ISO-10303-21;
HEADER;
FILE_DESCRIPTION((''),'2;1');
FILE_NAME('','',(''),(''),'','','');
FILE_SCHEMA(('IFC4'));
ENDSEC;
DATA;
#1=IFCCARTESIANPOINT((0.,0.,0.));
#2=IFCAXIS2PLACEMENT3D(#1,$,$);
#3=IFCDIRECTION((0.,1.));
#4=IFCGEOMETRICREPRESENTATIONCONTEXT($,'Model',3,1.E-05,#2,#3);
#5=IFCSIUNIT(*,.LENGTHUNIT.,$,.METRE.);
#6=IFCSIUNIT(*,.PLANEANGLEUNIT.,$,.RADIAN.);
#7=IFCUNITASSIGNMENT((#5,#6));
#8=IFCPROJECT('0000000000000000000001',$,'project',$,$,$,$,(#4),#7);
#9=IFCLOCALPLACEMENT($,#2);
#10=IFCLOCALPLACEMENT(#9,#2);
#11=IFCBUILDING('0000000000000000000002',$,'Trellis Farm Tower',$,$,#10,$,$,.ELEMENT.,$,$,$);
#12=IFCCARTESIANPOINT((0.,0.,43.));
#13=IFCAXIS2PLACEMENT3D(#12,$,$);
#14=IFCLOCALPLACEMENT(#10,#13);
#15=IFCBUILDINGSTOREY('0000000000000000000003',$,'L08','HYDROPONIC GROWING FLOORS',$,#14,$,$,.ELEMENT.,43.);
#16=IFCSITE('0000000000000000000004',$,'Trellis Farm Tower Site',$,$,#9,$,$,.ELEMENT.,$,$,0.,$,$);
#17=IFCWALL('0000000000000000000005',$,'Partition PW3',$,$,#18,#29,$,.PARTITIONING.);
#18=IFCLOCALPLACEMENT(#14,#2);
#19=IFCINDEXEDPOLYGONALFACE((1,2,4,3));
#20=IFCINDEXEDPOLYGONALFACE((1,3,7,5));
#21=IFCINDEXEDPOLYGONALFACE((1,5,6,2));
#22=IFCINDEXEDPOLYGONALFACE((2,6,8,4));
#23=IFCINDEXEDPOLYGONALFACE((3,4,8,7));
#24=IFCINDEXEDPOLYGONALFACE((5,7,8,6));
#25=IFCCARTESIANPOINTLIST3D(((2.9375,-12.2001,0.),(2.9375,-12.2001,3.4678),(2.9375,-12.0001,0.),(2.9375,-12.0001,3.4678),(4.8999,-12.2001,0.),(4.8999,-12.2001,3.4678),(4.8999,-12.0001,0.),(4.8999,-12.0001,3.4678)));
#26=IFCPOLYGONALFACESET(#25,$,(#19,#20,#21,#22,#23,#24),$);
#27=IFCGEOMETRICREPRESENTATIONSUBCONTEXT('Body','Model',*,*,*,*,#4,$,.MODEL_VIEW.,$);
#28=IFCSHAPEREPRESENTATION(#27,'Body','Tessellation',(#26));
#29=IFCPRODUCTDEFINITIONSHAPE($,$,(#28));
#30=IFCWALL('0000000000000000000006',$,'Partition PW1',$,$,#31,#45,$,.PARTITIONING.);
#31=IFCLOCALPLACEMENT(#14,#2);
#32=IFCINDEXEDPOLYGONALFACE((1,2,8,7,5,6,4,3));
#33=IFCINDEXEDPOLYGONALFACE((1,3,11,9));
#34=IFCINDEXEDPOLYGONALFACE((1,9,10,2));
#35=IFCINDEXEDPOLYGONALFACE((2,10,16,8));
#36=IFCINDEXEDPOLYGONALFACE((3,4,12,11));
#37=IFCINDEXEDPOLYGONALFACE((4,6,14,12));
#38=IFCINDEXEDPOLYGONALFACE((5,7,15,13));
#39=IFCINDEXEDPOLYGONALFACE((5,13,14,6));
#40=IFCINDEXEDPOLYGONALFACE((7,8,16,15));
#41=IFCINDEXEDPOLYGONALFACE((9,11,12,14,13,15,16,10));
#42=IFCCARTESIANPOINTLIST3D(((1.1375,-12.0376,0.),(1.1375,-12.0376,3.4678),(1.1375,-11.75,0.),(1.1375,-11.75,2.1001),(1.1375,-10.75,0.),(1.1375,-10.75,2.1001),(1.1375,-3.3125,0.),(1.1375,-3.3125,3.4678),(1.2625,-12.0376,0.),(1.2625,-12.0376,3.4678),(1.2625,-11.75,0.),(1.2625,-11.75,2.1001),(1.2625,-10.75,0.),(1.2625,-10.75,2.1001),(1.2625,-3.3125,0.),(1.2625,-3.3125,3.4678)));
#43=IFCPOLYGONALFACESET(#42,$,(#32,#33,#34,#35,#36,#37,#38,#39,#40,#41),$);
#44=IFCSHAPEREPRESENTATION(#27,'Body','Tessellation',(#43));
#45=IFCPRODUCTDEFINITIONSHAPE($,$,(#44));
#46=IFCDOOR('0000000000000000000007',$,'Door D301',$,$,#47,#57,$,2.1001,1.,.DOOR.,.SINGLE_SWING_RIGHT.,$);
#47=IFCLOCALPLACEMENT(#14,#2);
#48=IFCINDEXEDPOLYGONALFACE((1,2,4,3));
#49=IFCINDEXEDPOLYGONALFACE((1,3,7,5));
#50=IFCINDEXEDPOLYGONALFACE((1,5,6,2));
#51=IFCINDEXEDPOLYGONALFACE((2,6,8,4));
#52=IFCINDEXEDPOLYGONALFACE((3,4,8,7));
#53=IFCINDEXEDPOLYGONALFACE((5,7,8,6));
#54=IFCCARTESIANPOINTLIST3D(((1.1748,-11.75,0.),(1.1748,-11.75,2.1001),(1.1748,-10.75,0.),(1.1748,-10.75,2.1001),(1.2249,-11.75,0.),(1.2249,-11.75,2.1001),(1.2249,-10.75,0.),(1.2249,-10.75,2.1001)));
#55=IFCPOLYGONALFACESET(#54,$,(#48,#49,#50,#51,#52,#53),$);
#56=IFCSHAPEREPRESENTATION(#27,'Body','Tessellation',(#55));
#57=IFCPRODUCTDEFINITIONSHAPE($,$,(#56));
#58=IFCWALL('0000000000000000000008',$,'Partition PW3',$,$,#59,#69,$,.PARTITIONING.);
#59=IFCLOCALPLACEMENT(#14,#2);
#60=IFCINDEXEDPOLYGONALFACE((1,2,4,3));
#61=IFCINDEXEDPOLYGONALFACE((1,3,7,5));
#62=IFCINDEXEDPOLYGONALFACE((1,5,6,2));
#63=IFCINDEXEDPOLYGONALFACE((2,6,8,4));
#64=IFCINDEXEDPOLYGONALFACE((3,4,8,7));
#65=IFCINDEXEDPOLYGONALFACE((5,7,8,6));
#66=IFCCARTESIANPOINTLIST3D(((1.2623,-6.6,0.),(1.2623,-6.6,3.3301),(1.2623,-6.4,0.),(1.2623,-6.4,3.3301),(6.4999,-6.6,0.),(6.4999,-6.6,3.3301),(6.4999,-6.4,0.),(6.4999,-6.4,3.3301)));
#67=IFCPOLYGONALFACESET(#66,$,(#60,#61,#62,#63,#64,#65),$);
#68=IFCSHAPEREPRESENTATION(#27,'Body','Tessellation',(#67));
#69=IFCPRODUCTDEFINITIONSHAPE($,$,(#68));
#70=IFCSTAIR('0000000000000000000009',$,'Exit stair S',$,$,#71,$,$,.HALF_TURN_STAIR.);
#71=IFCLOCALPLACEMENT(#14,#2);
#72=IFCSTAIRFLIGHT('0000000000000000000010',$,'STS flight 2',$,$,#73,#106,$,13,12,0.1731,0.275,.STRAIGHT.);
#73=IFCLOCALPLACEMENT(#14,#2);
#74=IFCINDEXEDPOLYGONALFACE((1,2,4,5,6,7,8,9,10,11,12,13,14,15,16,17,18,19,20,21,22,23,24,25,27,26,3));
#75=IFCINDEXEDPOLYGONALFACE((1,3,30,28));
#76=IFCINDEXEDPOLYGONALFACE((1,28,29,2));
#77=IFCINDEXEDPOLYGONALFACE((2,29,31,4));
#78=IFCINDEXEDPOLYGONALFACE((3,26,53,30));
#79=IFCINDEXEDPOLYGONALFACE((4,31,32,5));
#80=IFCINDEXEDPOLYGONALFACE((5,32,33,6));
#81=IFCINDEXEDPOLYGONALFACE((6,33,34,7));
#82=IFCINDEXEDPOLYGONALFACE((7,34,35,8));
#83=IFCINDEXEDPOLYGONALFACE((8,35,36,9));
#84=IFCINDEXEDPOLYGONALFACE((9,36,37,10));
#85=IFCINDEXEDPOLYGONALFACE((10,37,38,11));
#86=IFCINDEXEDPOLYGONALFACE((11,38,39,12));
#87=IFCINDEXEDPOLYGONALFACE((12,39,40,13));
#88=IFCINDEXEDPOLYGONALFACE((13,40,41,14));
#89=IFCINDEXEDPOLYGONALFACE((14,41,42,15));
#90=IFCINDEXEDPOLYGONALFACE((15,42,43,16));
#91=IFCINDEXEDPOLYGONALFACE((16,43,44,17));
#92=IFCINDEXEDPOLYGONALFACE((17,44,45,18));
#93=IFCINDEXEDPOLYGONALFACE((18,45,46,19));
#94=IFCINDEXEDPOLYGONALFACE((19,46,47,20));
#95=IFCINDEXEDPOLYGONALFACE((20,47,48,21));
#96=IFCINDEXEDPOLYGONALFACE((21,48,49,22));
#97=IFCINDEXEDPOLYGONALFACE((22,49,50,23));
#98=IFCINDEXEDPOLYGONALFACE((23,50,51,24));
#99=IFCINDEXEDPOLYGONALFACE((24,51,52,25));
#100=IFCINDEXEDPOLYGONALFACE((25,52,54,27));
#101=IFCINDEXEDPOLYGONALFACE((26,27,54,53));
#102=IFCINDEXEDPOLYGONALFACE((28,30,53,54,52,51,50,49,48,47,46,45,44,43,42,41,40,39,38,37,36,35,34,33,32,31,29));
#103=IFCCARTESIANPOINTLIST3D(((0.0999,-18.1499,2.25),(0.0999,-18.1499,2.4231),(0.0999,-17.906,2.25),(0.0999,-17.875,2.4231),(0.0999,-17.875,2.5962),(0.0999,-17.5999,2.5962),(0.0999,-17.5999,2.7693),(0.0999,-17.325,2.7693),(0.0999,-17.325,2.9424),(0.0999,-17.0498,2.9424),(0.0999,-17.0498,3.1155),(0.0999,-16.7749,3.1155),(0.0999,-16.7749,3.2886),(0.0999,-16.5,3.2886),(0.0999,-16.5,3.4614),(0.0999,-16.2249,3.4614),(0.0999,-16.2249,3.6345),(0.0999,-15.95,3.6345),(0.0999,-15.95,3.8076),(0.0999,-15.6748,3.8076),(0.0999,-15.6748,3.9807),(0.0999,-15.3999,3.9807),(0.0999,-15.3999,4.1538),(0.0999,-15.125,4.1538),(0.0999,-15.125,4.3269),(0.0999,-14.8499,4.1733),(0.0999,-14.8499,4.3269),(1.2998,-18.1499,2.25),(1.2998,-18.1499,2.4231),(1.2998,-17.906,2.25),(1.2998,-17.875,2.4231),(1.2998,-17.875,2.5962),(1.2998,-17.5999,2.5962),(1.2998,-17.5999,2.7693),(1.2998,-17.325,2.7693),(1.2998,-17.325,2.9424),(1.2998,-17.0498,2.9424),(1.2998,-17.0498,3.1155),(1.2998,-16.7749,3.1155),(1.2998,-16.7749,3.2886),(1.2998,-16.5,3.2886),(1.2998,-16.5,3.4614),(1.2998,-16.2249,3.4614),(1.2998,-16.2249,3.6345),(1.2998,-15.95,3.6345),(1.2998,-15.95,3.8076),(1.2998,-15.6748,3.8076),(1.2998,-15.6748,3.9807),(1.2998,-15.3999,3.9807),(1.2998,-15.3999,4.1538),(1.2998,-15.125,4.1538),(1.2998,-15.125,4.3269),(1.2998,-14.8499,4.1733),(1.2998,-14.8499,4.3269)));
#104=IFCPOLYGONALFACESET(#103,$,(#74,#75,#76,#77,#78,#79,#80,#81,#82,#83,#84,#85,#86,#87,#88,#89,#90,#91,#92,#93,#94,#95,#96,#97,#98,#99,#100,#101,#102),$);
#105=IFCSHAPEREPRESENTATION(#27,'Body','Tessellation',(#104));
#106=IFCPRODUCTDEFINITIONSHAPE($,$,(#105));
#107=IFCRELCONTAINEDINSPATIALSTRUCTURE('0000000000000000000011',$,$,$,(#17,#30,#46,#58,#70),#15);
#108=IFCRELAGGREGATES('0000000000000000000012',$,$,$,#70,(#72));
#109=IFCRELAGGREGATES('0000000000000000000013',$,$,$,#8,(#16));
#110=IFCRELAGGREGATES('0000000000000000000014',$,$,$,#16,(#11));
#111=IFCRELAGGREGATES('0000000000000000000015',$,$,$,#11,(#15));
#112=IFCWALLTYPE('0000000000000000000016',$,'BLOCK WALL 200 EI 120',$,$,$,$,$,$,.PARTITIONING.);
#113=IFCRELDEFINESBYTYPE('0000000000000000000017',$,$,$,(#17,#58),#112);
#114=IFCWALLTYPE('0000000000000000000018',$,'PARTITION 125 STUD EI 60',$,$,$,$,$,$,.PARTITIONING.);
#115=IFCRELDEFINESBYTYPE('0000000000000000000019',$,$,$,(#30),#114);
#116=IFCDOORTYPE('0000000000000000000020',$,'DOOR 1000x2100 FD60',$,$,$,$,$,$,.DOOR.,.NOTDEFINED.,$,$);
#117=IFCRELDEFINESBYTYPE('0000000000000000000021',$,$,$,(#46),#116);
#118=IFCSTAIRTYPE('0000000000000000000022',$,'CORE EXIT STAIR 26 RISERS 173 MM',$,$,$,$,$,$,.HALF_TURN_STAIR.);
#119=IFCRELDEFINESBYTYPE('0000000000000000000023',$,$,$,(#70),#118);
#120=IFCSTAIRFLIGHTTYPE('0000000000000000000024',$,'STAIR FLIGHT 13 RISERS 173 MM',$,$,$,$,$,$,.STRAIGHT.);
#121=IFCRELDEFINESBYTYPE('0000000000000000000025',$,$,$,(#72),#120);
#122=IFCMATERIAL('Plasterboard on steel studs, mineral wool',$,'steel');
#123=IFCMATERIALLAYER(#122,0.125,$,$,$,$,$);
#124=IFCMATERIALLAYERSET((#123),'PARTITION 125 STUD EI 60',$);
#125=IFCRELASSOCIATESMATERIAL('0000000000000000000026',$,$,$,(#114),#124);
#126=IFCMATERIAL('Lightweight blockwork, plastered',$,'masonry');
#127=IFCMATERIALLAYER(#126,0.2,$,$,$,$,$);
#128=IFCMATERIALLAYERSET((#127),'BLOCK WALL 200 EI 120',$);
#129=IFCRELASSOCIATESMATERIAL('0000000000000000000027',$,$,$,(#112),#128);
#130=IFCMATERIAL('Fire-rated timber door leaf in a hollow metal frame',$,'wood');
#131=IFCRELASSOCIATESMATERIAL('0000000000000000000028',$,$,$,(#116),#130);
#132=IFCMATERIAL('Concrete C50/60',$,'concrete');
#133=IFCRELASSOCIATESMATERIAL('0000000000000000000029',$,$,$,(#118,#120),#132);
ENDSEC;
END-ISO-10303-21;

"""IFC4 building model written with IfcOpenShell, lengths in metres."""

from ifc_helpers import new_model, si_unit, direction, frame, frame_2d, origin, place, context, subcontext, project, spatial, polyline, rectangle, outline, extrude, source, transform, mapped, material, layer, layer_set, type_object, element, fill, aggregate, save


model = new_model("IFC4")

# Units and contexts
model_context = context("Model", 3, precision=1e-05, world=origin(), true_north=direction((0.0, 1.0)))
body_context = subcontext(model_context, "Body", "Model", "MODEL_VIEW")
ifc_project = project(units=[si_unit("LENGTHUNIT", "METRE"), si_unit("PLANEANGLEUNIT", "RADIAN")], contexts=[model_context])

# Site, building, storey
site_placement = place(None, origin())
site = spatial("IfcSite", under=ifc_project, at=site_placement, Name="Trellis Farm Tower Site", CompositionType="ELEMENT", RefElevation=0.0)
building_placement = place(site_placement, origin())
building = spatial("IfcBuilding", under=site, at=building_placement, Name="Trellis Farm Tower", CompositionType="ELEMENT")
storey_placement = place(building_placement, frame((0.0, 0.0, 43.0)))
storey = spatial("IfcBuildingStorey", under=building, at=storey_placement, Name="L08", Description="HYDROPONIC GROWING FLOORS", CompositionType="ELEMENT", Elevation=43.0)

# Shared definitions
placement = place(storey_placement, origin())

# Shared definitions
ifc_material_1 = material(Name="Plasterboard on steel studs, mineral wool", Category="steel")
ifc_layer_1 = layer(ifc_material_1, 0.125)
ifc_layer_set_1 = layer_set([ifc_layer_1], Name="PARTITION 125 STUD EI 60")
wall_type_1 = type_object("IfcWallType", Name="PARTITION 125 STUD EI 60", PredefinedType="PARTITIONING", material=ifc_layer_set_1)
shared_shape_1 = source(origin(), body_context, "Body", "SweptSolid", [
    extrude(rectangle(XDim=1.0, YDim=2.1001, at=frame_2d((0.5, 1.05))), frame((0.0, 0.0725, 0.0), z_axis=(0.0, -1.0, 0.0), x_axis=(1.0, 0.0, 0.0)), (0.0, 0.0, 1.0), 0.145),
])
ifc_material_2 = material(Name="Fire-rated timber door leaf in a hollow metal frame", Category="wood")
shared_shape_2 = source(origin(), body_context, "Body", "SweptSolid", [
    extrude(rectangle(XDim=1.0, YDim=2.1001, at=frame_2d((0.5, 1.05))), frame((0.0, 0.0249, 0.0), z_axis=(0.0, -1.0, 0.0), x_axis=(1.0, 0.0, 0.0)), (0.0, 0.0, 1.0), 0.05),
])

# Wall
ifc_material_3 = material(Name="Lightweight blockwork, plastered", Category="masonry")
ifc_layer_2 = layer(ifc_material_3, 0.2)
ifc_layer_set_2 = layer_set([ifc_layer_2], Name="BLOCK WALL 200 EI 120")
wall_type_2 = type_object("IfcWallType", Name="BLOCK WALL 200 EI 120", PredefinedType="PARTITIONING", material=ifc_layer_set_2)
shared_shape_3 = source(origin(), body_context, "Body", "SweptSolid", [
    extrude(rectangle(XDim=1.9624, YDim=0.2, at=frame_2d((0.9812, 0.0))), origin(), (0.0, 0.0, 1.0), 3.4678),
])
wall_1_placement = place(storey_placement, frame((2.9375, -12.1001, 0.0), z_axis=(0.0, 0.0, 1.0), x_axis=(1.0, 0.0, 0.0)))
element("IfcWall", 1, at=wall_1_placement, inside=storey, type_object=wall_type_2, Name="Partition PW3", PredefinedType="PARTITIONING", context=body_context, shape_type="MappedRepresentation", body=[
    mapped(shared_shape_3, transform((0.0, 0.0, 0.0))),
])

# Wall, opening, door
shared_shape_4 = source(origin(), body_context, "Body", "SweptSolid", [
    extrude(rectangle(XDim=8.7251, YDim=0.125, at=frame_2d((4.3625, 0.0))), origin(), (0.0, 0.0, 1.0), 3.4678),
])
wall_2_placement = place(storey_placement, frame((1.2, -3.3125, 0.0), z_axis=(0.0, 0.0, 1.0), x_axis=(0.0, -1.0, 0.0)))
wall_2 = element("IfcWall", 2, at=wall_2_placement, inside=storey, type_object=wall_type_1, Name="Partition PW1", PredefinedType="PARTITIONING", context=body_context, shape_type="MappedRepresentation", body=[
    mapped(shared_shape_4, transform((0.0, 0.0, 0.0))),
])
opening_1_placement = place(wall_2_placement, frame((7.4375, 0.0, 0.0)))
opening_1 = element("IfcOpeningElement", 3, at=opening_1_placement, cuts=wall_2, PredefinedType="OPENING", context=body_context, shape_type="MappedRepresentation", body=[
    mapped(shared_shape_1, transform((0.0, 0.0, 0.0))),
])
door_type_1 = type_object("IfcDoorType", Name="DOOR 1000x2100 FD60", OperationType="NOTDEFINED", PredefinedType="DOOR", material=ifc_material_2)
door_1_placement = place(opening_1_placement, origin())
door_1 = element("IfcDoor", 4, at=door_1_placement, inside=storey, type_object=door_type_1, Name="Door D301", OperationType="SINGLE_SWING_RIGHT", OverallHeight=2.1001, OverallWidth=1.0, PredefinedType="DOOR", context=body_context, shape_type="MappedRepresentation", body=[
    mapped(shared_shape_2, transform((0.0, 0.0, 0.0))),
])
fill(opening_1, door_1)

# Wall
shared_shape_5 = source(origin(), body_context, "Body", "SweptSolid", [
    extrude(rectangle(XDim=5.2375, YDim=0.2, at=frame_2d((2.6187, 0.0))), origin(), (0.0, 0.0, 1.0), 3.3301),
])
wall_3_placement = place(storey_placement, frame((1.2625, -6.5, 0.0), z_axis=(0.0, 0.0, 1.0), x_axis=(1.0, 0.0, 0.0)))
element("IfcWall", 5, at=wall_3_placement, inside=storey, type_object=wall_type_2, Name="Partition PW3", PredefinedType="PARTITIONING", context=body_context, shape_type="MappedRepresentation", body=[
    mapped(shared_shape_5, transform((0.0, 0.0, 0.0))),
])

# Stair, stair flight
ifc_material_4 = material(Name="Concrete C50/60", Category="concrete")
stair_type = type_object("IfcStairType", Name="CORE EXIT STAIR 26 RISERS 173 MM", PredefinedType="HALF_TURN_STAIR", material=ifc_material_4)
stair = element("IfcStair", 6, at=placement, inside=storey, type_object=stair_type, Name="Exit stair S", PredefinedType="HALF_TURN_STAIR")
stair_flight_type = type_object("IfcStairFlightType", Name="STAIR FLIGHT 13 RISERS 173 MM", PredefinedType="STRAIGHT", material=ifc_material_4)
shared_shape_6 = source(origin(), body_context, "Body", "SweptSolid", [
    extrude(outline(polyline([(0.0, 0.0), (0.0, 0.1731), (0.2749, 0.1731), (0.2749, 0.3462), (0.55, 0.3462), (0.55, 0.5193), (0.825, 0.5193), (0.825, 0.6924), (1.1001, 0.6924), (1.1001, 0.8655), (1.375, 0.8655), (1.375, 1.0386), (1.6499, 1.0386), (1.6499, 1.2114), (1.925, 1.2114), (1.925, 1.3845), (2.2, 1.3845), (2.2, 1.5576), (2.4751, 1.5576), (2.4751, 1.7307), (2.75, 1.7307), (2.75, 1.9038), (3.0249, 1.9038), (3.0249, 2.0769), (3.3, 2.0769), (3.3, 2.25), (3.3, 1.9233), (0.2439, 0.0), (0.0, 0.0)])), frame((0.0, 0.6001, 0.0), z_axis=(0.0, -1.0, 0.0), x_axis=(1.0, 0.0, 0.0)), (0.0, 0.0, 1.0), 1.2),
])
stair_flight_placement = place(storey_placement, frame((0.7, -18.1499, 2.25), z_axis=(0.0, 0.0, 1.0), x_axis=(0.0, 1.0, 0.0)))
stair_flight = element("IfcStairFlight", 7, at=stair_flight_placement, type_object=stair_flight_type, Name="STS flight 2", NumberOfRisers=13, NumberOfTreads=12, PredefinedType="STRAIGHT", RiserHeight=0.1731, TreadLength=0.275, context=body_context, shape_type="MappedRepresentation", body=[
    mapped(shared_shape_6, transform((0.0, 0.0, 0.0))),
])
aggregate(stair, [stair_flight])

save(model, "model.ifc")
